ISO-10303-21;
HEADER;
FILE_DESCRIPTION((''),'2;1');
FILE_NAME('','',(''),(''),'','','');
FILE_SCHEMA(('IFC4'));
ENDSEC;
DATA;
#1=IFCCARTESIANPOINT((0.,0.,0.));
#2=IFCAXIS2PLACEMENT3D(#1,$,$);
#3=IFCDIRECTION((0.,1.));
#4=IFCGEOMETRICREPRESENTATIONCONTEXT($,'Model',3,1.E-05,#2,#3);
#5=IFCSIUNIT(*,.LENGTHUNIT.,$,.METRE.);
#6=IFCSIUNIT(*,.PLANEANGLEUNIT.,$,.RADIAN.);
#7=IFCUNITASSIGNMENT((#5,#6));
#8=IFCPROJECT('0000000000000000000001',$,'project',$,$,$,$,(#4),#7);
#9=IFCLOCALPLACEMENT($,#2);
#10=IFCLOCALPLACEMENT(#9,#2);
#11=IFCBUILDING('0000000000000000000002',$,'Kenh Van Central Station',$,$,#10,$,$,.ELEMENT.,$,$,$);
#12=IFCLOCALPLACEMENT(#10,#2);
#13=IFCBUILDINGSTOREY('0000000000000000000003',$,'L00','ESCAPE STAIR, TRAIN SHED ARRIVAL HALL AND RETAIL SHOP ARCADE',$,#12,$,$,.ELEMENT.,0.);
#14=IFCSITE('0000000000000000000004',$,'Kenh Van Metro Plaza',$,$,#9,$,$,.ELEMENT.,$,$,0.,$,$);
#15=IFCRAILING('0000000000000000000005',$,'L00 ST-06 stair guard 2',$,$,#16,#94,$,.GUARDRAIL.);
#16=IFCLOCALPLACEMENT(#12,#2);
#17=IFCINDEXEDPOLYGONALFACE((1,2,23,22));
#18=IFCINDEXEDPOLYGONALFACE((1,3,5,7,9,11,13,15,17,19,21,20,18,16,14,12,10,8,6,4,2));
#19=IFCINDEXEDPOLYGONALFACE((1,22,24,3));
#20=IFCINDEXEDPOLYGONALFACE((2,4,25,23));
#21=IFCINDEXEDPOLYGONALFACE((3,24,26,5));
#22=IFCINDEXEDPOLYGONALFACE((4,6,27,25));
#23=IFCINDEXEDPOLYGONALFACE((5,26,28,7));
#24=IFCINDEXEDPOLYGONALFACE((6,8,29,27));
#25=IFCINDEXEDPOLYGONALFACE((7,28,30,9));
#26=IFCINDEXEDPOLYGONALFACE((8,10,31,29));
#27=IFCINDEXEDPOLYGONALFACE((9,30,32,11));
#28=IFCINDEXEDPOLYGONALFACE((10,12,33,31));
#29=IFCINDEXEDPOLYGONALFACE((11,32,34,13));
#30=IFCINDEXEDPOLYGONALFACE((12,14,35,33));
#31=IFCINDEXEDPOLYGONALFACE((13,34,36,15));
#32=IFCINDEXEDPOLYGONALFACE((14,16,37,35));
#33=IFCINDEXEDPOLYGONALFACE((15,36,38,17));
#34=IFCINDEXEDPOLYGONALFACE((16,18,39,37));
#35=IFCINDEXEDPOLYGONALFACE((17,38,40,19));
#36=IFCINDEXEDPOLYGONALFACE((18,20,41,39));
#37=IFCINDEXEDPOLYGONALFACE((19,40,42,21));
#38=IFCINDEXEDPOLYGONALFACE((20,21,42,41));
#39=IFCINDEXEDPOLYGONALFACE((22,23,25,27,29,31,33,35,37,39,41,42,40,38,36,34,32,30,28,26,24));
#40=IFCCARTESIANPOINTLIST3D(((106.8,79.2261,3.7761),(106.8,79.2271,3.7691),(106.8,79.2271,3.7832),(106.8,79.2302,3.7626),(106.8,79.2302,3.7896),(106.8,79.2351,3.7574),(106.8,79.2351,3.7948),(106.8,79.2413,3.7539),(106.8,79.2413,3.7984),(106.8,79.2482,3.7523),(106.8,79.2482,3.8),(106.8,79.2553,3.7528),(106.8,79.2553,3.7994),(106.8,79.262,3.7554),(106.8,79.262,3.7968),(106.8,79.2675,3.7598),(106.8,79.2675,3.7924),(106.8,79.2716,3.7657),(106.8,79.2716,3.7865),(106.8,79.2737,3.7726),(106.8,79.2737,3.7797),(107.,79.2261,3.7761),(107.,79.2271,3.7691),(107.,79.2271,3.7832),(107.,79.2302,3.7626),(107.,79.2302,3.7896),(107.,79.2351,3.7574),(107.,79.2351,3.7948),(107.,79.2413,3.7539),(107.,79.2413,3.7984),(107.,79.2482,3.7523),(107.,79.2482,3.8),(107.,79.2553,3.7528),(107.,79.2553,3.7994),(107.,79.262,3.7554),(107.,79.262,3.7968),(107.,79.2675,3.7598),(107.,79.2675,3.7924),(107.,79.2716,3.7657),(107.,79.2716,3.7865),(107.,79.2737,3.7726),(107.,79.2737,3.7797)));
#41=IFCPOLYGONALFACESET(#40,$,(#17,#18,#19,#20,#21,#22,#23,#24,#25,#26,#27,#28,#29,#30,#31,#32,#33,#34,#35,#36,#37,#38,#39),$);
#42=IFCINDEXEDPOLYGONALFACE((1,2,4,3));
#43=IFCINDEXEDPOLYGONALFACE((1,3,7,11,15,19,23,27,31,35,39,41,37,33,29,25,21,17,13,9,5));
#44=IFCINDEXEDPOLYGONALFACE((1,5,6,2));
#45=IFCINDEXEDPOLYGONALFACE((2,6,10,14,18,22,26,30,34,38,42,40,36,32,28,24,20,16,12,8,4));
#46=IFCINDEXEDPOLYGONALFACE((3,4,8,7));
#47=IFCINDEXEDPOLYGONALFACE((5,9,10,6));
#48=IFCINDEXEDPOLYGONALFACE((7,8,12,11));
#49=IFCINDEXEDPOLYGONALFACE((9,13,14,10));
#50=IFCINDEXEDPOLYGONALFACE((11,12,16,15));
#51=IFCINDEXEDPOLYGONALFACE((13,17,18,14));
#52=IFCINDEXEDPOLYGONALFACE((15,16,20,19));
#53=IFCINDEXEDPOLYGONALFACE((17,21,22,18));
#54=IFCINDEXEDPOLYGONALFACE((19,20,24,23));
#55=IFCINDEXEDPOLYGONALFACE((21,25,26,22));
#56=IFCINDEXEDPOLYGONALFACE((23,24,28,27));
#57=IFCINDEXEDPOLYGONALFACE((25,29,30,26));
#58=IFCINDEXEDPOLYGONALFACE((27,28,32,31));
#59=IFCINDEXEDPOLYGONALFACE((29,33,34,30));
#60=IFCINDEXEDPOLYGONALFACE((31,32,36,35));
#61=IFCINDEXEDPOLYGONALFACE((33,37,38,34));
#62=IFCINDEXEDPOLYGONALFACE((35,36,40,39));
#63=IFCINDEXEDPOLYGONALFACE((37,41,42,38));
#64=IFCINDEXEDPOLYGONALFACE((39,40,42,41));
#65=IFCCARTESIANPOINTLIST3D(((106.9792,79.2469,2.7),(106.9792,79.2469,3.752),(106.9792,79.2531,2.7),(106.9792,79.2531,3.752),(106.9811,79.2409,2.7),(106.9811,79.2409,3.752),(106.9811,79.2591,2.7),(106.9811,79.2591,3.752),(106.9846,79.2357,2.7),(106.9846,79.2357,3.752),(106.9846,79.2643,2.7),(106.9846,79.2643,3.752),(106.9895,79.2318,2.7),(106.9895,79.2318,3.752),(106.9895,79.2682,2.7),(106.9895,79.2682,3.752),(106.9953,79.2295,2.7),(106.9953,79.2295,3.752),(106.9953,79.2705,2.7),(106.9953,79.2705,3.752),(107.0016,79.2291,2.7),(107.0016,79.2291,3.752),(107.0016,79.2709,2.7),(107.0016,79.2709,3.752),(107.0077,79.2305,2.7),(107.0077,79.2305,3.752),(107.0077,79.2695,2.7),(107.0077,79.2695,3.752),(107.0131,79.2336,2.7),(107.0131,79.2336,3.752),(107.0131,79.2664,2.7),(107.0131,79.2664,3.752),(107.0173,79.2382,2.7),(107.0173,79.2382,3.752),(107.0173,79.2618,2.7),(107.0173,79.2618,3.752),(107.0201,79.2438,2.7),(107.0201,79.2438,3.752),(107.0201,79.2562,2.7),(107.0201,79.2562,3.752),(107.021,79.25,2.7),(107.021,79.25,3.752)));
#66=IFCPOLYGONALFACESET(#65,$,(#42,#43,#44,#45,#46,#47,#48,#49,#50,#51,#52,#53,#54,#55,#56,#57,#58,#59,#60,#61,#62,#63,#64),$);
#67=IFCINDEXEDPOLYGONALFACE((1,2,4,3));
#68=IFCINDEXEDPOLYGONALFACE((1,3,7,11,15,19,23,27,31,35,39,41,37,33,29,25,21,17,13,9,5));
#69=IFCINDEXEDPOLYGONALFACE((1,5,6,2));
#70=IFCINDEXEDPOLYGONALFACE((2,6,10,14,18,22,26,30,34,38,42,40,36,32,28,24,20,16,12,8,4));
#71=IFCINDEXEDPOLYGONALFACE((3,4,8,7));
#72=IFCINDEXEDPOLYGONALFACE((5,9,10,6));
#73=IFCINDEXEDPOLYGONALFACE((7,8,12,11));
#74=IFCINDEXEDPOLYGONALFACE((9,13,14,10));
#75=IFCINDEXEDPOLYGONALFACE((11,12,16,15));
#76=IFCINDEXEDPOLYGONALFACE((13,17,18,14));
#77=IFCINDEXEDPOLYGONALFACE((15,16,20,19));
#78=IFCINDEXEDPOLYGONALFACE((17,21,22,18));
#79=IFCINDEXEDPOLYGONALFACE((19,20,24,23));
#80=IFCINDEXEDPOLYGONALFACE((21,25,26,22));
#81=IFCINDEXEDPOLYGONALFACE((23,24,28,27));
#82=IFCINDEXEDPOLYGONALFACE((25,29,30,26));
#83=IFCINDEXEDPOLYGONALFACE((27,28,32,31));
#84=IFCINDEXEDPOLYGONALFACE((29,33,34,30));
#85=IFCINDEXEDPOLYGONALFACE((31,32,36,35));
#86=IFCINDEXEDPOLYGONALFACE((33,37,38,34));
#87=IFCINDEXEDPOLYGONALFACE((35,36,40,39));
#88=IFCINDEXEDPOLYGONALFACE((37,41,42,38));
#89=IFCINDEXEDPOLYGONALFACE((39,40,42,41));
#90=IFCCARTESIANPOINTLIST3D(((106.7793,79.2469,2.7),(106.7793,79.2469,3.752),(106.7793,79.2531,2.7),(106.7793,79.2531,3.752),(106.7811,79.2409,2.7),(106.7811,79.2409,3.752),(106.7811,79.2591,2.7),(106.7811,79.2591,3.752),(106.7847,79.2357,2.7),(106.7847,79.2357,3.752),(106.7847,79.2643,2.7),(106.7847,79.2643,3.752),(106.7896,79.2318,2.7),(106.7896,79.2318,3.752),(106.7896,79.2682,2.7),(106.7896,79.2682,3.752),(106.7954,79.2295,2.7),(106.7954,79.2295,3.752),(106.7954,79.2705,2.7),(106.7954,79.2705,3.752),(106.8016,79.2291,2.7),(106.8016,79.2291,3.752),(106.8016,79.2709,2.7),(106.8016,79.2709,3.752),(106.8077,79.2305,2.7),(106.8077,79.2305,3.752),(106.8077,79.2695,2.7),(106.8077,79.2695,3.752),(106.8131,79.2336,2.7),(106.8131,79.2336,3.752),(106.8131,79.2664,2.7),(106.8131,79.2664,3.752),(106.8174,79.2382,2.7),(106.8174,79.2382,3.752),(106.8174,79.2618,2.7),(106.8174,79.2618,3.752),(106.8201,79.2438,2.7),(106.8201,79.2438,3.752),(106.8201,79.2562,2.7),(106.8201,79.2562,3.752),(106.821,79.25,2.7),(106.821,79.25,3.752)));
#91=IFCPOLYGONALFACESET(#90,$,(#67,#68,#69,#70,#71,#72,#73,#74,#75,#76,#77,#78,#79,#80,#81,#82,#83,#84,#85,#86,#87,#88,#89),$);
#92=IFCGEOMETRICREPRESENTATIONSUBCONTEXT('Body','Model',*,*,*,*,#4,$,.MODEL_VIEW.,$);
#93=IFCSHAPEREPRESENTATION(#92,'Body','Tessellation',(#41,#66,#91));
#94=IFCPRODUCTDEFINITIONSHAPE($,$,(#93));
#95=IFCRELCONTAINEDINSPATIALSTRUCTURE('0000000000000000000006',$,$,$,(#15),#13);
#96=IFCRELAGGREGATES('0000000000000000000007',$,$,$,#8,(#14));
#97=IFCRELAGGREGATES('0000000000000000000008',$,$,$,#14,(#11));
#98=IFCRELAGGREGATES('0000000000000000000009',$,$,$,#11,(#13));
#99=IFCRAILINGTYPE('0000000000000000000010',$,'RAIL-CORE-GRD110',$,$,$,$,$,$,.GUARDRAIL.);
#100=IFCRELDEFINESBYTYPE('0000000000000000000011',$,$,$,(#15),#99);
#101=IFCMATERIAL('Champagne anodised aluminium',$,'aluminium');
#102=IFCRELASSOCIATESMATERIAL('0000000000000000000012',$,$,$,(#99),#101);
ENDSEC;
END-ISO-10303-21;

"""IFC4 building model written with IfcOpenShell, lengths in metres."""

from ifc_helpers import new_model, si_unit, direction, frame, origin, origin_2d, place, context, subcontext, project, spatial, circle, extrude, material, type_object, element, save


model = new_model("IFC4")

# Units and contexts
model_context = context("Model", 3, precision=1e-05, world=origin(), true_north=direction((0.0, 1.0)))
body_context = subcontext(model_context, "Body", "Model", "MODEL_VIEW")
ifc_project = project(units=[si_unit("LENGTHUNIT", "METRE"), si_unit("PLANEANGLEUNIT", "RADIAN")], contexts=[model_context])

# Site, building, storey
site_placement = place(None, origin())
site = spatial("IfcSite", under=ifc_project, at=site_placement, Name="Kenh Van Metro Plaza", CompositionType="ELEMENT", RefElevation=0.0)
building_placement = place(site_placement, origin())
building = spatial("IfcBuilding", under=site, at=building_placement, Name="Kenh Van Central Station", CompositionType="ELEMENT")
storey_placement = place(building_placement, origin())
storey = spatial("IfcBuildingStorey", under=building, at=storey_placement, Name="L00", Description="ESCAPE STAIR, TRAIN SHED ARRIVAL HALL AND RETAIL SHOP ARCADE", CompositionType="ELEMENT", Elevation=0.0)

# Shared definitions
ifc_material_1 = material(Name="Champagne anodised aluminium", Category="aluminium")

# Railing
railing_type_1 = type_object("IfcRailingType", Name="RAIL-CORE-GRD110", PredefinedType="GUARDRAIL", material=ifc_material_1)
railing_1_placement = place(storey_placement, frame((107.0, 79.25, 2.7)))
element("IfcRailing", 1, at=railing_1_placement, inside=storey, type_object=railing_type_1, Name="L00 ST-06 stair guard 2", PredefinedType="GUARDRAIL", context=body_context, shape_type="SweptSolid", body=[
    extrude(circle(Radius=0.0239, at=origin_2d()), frame((0.0, 0.0, 1.0762), z_axis=(-1.0, 0.0, 0.0), x_axis=(0.0, -1.0, 0.0)), (0.0, 0.0, 1.0), 0.2),
    extrude(circle(Radius=0.021, at=origin_2d()), origin(), (0.0, 0.0, 1.0), 1.052),
    extrude(circle(Radius=0.021, at=origin_2d()), frame((-0.2, 0.0, 0.0)), (0.0, 0.0, 1.0), 1.052),
])

save(model, "model.ifc")
